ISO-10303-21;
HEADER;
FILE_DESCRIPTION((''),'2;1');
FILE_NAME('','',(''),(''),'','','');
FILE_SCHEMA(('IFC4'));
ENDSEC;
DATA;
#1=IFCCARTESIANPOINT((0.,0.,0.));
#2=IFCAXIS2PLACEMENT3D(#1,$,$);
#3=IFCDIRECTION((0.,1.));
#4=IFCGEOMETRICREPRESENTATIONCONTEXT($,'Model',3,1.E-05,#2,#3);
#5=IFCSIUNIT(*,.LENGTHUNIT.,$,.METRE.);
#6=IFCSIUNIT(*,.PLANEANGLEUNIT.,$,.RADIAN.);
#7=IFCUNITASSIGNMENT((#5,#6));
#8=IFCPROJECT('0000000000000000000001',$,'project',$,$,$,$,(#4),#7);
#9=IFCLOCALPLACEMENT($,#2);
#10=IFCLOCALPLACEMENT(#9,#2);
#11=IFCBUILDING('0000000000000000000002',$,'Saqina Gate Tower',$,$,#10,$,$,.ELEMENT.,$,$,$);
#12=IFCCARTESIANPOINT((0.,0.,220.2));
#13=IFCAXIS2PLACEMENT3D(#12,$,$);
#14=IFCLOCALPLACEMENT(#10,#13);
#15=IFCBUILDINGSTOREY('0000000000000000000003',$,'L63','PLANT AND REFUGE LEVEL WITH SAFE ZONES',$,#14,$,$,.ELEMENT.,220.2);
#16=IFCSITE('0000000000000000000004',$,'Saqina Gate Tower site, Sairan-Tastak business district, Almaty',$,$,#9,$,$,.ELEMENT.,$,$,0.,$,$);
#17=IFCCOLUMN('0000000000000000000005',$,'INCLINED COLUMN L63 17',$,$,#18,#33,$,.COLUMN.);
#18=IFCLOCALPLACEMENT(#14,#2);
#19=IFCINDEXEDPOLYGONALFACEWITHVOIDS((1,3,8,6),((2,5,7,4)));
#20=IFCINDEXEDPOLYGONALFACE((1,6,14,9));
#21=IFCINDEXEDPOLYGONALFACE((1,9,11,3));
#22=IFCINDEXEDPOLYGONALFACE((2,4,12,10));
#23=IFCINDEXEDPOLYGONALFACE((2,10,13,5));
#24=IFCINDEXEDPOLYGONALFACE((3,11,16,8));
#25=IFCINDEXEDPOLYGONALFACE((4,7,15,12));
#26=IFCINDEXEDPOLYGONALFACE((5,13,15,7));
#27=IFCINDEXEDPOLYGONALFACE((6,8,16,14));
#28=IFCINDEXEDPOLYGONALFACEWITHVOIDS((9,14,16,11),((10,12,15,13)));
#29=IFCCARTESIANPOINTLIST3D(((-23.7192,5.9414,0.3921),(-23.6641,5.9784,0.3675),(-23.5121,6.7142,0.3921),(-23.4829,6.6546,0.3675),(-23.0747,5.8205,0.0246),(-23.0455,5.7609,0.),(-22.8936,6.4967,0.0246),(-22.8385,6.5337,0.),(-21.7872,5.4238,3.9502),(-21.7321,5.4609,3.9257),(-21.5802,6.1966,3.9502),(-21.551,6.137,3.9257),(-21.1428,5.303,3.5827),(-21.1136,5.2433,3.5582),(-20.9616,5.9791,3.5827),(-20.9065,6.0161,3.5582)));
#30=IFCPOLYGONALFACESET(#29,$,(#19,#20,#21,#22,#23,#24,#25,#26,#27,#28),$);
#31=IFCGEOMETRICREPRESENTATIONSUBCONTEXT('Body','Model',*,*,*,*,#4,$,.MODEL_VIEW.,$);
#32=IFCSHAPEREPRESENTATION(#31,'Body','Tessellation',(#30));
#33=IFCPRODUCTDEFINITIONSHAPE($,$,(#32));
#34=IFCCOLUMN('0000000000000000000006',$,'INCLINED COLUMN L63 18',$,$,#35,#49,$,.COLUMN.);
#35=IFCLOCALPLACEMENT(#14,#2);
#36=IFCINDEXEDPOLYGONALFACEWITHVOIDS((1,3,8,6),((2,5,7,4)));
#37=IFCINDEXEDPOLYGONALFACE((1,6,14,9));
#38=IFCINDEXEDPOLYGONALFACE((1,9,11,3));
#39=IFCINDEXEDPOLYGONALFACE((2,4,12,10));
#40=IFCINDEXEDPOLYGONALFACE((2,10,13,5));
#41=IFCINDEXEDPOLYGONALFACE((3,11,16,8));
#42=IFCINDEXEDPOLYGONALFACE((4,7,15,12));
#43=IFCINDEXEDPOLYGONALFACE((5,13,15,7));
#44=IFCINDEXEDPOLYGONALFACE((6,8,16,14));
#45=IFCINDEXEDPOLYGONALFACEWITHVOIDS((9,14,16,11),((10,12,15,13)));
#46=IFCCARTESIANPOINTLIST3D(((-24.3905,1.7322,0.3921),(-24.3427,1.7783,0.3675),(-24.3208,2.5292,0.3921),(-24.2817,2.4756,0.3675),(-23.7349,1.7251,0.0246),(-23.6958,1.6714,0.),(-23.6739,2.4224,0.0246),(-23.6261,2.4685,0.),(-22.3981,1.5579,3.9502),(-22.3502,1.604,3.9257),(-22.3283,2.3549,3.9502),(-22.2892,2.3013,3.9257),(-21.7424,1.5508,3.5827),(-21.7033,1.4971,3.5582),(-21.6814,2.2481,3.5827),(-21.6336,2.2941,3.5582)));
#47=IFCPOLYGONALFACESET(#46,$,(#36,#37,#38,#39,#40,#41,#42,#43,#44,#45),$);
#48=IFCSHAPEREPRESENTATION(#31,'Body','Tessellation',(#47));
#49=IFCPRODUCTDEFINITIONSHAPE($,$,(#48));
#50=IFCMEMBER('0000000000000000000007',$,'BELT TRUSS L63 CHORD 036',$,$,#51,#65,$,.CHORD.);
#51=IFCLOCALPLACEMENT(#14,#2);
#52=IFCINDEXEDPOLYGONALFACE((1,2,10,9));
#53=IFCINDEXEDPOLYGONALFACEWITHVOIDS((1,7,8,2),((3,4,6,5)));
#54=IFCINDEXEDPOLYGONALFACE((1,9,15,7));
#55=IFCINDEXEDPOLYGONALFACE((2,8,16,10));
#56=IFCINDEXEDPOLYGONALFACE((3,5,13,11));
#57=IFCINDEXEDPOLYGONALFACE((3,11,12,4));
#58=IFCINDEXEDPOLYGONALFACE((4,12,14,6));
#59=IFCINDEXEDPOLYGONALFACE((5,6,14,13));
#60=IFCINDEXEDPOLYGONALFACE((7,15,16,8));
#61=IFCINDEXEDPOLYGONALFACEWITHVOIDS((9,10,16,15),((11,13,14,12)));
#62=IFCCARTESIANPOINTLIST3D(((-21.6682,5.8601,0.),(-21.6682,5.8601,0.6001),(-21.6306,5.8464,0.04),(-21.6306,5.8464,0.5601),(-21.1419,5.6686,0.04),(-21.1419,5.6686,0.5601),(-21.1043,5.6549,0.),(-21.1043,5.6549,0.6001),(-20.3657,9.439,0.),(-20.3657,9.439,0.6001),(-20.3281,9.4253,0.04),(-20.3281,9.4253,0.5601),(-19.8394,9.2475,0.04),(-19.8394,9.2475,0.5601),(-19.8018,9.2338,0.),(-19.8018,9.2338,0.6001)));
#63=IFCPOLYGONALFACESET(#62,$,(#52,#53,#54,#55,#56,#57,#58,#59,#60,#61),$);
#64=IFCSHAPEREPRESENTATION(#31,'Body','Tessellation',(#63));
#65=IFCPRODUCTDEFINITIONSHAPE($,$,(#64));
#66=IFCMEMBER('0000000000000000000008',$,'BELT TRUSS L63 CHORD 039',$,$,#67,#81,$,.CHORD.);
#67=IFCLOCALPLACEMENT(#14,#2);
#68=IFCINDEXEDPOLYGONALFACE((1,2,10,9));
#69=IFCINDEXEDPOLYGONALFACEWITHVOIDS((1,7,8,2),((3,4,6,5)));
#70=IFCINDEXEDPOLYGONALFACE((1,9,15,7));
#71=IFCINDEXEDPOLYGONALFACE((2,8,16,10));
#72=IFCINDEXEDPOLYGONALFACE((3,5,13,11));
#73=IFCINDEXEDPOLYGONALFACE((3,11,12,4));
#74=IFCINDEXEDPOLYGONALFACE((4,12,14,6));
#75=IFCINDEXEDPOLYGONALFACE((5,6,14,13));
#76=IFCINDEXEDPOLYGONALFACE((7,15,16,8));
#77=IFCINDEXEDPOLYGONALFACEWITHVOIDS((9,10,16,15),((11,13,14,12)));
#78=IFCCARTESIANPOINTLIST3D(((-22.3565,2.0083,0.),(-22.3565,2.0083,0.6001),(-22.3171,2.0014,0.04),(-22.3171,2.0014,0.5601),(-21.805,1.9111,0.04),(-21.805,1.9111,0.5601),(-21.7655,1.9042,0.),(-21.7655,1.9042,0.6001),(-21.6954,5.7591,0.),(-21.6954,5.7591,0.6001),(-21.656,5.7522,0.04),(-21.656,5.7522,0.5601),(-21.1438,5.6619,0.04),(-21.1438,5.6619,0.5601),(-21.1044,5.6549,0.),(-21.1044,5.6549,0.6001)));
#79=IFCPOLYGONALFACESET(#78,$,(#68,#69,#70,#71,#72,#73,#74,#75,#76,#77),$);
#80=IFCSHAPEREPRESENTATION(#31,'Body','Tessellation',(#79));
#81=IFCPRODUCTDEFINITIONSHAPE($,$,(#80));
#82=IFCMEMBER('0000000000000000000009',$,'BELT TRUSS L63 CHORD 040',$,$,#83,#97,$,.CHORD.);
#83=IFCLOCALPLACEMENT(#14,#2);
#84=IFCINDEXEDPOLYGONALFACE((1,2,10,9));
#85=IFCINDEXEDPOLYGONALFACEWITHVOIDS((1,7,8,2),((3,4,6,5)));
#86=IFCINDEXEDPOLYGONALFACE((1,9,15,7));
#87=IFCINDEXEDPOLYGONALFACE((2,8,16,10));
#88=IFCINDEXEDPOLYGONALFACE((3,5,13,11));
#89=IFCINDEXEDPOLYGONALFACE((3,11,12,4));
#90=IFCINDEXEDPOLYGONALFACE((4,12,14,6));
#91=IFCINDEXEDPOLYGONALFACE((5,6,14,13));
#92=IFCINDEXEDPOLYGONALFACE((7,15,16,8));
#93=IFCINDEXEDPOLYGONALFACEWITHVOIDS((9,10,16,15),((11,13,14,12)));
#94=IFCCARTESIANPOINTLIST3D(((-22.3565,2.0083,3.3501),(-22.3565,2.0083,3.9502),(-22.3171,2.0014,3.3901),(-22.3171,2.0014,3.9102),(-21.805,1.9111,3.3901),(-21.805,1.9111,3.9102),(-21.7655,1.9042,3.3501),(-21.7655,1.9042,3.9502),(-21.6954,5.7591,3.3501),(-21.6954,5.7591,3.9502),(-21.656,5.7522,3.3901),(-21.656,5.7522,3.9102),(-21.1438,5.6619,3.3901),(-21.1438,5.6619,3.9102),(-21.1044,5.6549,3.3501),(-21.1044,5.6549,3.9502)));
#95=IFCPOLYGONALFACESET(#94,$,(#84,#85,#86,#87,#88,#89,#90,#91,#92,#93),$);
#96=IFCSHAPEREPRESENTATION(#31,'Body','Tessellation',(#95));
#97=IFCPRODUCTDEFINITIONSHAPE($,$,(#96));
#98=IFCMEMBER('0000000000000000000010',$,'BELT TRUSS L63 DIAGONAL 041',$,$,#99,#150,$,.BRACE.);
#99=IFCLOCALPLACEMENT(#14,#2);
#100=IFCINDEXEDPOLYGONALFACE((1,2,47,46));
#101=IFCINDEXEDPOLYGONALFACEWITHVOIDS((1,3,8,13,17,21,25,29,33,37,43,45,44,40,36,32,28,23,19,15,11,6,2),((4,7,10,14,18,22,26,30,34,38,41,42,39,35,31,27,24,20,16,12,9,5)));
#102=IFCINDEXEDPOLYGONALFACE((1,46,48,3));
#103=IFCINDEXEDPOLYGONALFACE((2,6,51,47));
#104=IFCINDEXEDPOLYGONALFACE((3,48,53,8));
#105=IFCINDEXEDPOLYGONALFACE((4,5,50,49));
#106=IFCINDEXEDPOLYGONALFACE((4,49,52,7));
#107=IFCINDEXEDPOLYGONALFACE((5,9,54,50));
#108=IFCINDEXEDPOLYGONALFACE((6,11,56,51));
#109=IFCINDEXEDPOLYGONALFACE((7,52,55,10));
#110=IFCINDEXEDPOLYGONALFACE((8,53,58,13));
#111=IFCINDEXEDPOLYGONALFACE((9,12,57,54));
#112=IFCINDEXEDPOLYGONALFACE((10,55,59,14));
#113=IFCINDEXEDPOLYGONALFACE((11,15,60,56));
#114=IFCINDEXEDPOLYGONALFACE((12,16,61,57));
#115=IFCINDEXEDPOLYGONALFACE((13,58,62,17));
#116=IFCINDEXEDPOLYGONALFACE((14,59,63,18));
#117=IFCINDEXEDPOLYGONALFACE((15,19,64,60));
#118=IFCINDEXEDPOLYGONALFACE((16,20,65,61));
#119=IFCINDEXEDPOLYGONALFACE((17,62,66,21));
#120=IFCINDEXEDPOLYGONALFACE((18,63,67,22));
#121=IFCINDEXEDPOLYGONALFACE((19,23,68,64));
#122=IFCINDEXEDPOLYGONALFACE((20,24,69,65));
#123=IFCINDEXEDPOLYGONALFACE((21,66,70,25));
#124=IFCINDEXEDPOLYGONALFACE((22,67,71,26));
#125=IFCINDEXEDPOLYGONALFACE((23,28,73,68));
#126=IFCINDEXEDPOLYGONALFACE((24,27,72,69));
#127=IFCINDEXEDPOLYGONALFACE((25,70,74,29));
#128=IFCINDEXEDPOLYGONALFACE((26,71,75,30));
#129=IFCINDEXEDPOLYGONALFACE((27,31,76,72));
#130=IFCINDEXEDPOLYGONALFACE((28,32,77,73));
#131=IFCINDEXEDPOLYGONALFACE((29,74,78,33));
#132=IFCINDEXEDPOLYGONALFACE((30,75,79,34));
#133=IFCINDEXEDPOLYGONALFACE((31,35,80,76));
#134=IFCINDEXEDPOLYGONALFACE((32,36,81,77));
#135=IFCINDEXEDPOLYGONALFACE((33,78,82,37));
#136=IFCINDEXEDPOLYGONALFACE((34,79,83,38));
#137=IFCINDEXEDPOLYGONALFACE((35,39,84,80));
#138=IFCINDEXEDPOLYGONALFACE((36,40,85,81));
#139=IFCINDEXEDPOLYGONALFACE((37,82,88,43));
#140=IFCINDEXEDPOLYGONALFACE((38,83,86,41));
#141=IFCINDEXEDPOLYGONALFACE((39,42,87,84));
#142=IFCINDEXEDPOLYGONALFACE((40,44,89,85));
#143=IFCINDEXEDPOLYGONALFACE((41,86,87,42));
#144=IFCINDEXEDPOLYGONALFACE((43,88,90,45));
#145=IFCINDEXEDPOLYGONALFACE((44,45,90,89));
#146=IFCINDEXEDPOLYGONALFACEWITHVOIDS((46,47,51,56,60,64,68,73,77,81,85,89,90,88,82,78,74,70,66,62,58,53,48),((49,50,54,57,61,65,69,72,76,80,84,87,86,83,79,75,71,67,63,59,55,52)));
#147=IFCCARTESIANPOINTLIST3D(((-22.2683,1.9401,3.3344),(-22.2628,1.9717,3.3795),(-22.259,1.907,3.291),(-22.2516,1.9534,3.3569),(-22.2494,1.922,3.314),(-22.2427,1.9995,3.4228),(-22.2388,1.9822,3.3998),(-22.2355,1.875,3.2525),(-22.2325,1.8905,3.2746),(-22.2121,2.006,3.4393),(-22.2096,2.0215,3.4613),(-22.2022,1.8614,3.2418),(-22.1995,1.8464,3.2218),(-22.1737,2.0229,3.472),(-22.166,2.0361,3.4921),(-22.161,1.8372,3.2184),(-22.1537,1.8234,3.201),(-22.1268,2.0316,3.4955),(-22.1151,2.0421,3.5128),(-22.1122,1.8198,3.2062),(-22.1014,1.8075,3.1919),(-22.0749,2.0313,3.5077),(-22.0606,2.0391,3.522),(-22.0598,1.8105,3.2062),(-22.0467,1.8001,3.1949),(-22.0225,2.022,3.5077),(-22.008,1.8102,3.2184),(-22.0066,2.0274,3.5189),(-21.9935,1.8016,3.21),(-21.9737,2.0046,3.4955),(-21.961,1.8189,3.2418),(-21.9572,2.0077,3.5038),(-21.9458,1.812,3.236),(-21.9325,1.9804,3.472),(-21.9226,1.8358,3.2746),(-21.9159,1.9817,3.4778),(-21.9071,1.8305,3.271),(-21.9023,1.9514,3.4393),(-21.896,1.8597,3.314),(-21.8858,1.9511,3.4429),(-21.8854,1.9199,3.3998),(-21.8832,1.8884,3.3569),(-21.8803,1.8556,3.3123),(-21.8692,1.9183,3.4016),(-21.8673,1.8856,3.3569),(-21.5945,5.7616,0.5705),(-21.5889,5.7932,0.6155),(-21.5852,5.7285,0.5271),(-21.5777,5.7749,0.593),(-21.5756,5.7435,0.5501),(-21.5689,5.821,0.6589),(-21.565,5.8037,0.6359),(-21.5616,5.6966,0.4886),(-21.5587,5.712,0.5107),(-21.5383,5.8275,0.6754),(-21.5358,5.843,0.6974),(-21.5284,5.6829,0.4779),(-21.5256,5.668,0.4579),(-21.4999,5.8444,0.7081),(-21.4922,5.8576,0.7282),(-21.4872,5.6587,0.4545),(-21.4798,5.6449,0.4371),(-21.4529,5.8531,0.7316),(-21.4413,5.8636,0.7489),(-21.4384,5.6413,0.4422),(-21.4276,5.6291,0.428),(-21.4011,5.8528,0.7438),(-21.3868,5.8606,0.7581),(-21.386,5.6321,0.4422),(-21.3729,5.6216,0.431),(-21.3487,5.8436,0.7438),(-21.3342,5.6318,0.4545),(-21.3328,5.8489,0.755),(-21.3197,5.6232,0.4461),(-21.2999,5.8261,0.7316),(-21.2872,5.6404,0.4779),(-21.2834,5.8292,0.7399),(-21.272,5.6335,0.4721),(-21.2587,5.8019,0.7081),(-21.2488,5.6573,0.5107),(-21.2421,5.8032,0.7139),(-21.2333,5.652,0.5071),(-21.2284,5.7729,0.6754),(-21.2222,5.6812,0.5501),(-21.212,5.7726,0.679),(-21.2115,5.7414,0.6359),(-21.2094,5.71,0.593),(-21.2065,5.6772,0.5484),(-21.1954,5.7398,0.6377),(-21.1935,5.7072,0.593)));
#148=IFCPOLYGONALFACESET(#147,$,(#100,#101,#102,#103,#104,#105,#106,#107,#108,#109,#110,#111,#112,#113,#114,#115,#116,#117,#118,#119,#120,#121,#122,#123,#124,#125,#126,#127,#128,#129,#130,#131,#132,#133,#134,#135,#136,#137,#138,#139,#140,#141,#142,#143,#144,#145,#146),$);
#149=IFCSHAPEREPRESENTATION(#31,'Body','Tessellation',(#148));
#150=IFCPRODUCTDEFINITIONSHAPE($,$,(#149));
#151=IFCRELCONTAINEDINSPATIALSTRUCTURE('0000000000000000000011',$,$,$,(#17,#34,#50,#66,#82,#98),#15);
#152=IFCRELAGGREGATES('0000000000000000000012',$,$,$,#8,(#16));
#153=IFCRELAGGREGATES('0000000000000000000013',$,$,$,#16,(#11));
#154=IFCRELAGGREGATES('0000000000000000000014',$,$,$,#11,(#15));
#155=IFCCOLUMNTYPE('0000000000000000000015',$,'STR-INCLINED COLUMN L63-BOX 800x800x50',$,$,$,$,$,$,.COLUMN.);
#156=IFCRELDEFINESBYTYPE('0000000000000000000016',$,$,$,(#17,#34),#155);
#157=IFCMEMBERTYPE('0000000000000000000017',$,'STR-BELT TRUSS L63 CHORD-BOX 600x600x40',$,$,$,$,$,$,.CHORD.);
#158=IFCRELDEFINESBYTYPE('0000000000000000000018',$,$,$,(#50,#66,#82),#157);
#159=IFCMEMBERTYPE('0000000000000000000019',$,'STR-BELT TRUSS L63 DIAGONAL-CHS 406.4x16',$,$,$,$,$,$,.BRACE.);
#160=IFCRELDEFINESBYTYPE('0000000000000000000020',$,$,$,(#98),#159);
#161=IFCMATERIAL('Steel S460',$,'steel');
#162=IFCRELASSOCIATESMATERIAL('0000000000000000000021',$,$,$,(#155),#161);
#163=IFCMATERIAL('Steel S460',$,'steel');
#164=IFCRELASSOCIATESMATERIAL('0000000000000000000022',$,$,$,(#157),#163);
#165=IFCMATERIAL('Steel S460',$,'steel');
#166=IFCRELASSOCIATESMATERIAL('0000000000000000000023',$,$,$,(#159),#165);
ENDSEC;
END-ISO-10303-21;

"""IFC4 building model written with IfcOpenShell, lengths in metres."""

from ifc_helpers import new_model, si_unit, direction, frame, origin, origin_2d, place, context, subcontext, project, spatial, hollow_rectangle, hollow_circle, extrude, material, material_profile, profile_set, type_object, element, save


model = new_model("IFC4")

# Units and contexts
model_context = context("Model", 3, precision=1e-05, world=origin(), true_north=direction((0.0, 1.0)))
body_context = subcontext(model_context, "Body", "Model", "MODEL_VIEW")
ifc_project = project(units=[si_unit("LENGTHUNIT", "METRE"), si_unit("PLANEANGLEUNIT", "RADIAN")], contexts=[model_context])

# Site, building, storey
site_placement = place(None, origin())
site = spatial("IfcSite", under=ifc_project, at=site_placement, Name="Saqina Gate Tower site, Sairan-Tastak business district, Almaty", CompositionType="ELEMENT", RefElevation=0.0)
building_placement = place(site_placement, origin())
building = spatial("IfcBuilding", under=site, at=building_placement, Name="Saqina Gate Tower", CompositionType="ELEMENT")
storey_placement = place(building_placement, frame((0.0, 0.0, 220.2)))
storey = spatial("IfcBuildingStorey", under=building, at=storey_placement, Name="L63", Description="PLANT AND REFUGE LEVEL WITH SAFE ZONES", CompositionType="ELEMENT", Elevation=220.2)

# Columns
ifc_material_1 = material(Name="Steel S460", Category="steel")
ifc_material_profile_1 = material_profile(ifc_material_1, hollow_rectangle(XDim=0.8, YDim=0.8, WallThickness=0.05, at=origin_2d()), Name="BOX 800x800x50")
ifc_profile_set_1 = profile_set([ifc_material_profile_1], Name="Steel S460")
column_type = type_object("IfcColumnType", Name="STR-INCLINED COLUMN L63-BOX 800x800x50", PredefinedType="COLUMN", material=ifc_profile_set_1)
for number, where, z_axis, x_axis, name in (
    (1, (-23.2788, 6.2375, 0.196), (0.473305, -0.126805, 0.871724), (0.258787, 0.965934, 0.0), "INCLINED COLUMN L63 17"),
    (2, (-24.0083, 2.1003, 0.196), (0.488138, -0.042707, 0.871721), (0.087156, 0.996195, 0.0), "INCLINED COLUMN L63 18"),
):
    element("IfcColumn", number, at=place(storey_placement, frame(where, z_axis=z_axis, x_axis=x_axis)), inside=storey, type_object=column_type, Name=name, PredefinedType="COLUMN", context=body_context, shape_type="SweptSolid", body=[
        extrude(hollow_rectangle(XDim=0.8, YDim=0.8, WallThickness=0.05, at=origin_2d()), origin(), (0.0, 0.0, 1.0), 4.0818),
    ])

# Members
ifc_material_2 = material(Name="Steel S460", Category="steel")
ifc_material_profile_2 = material_profile(ifc_material_2, hollow_rectangle(XDim=0.6001, YDim=0.6001, WallThickness=0.04, at=origin_2d()), Name="BOX 600x600x40")
ifc_profile_set_2 = profile_set([ifc_material_profile_2], Name="Steel S460")
member_type_1 = type_object("IfcMemberType", Name="STR-BELT TRUSS L63 CHORD-BOX 600x600x40", PredefinedType="CHORD", material=ifc_profile_set_2)
for number, where, z_axis, x_axis, name in (
    (3, (-20.0837, 9.3364, 0.3), (-0.341995, -0.939702, 0.0), (0.939702, -0.341995, 0.0), "BELT TRUSS L63 CHORD 036"),
    (4, (-21.3999, 5.707, 0.3), (-0.173592, -0.984818, 0.0), (0.984818, -0.173592, 0.0), "BELT TRUSS L63 CHORD 039"),
    (5, (-21.3999, 5.707, 3.6501), (-0.173592, -0.984818, 0.0), (0.984818, -0.173592, 0.0), "BELT TRUSS L63 CHORD 040"),
):
    element("IfcMember", number, at=place(storey_placement, frame(where, z_axis=z_axis, x_axis=x_axis)), inside=storey, type_object=member_type_1, Name=name, PredefinedType="CHORD", context=body_context, shape_type="SweptSolid", body=[
        extrude(hollow_rectangle(XDim=0.6001, YDim=0.6001, WallThickness=0.04, at=origin_2d()), origin(), (0.0, 0.0, 1.0), 3.8086),
    ])
ifc_material_3 = material(Name="Steel S460", Category="steel")
ifc_material_profile_3 = material_profile(ifc_material_3, hollow_circle(Radius=0.2031, WallThickness=0.0161, at=origin_2d()), Name="CHS 406.4x16")
ifc_profile_set_3 = profile_set([ifc_material_profile_3], Name="Steel S460")
member_type_2 = type_object("IfcMemberType", Name="STR-BELT TRUSS L63 DIAGONAL-CHS 406.4x16", PredefinedType="BRACE", material=ifc_profile_set_3)
member_placement = place(storey_placement, frame((-21.3936, 5.7424, 0.593), z_axis=(-0.141436, -0.802139, 0.580145), x_axis=(0.984808, -0.173645, 0.0)))
element("IfcMember", 6, at=member_placement, inside=storey, type_object=member_type_2, Name="BELT TRUSS L63 DIAGONAL 041", PredefinedType="BRACE", context=body_context, shape_type="SweptSolid", body=[
    extrude(hollow_circle(Radius=0.2031, WallThickness=0.0161, at=origin_2d()), origin(), (0.0, 0.0, 1.0), 4.7642),
])

save(model, "model.ifc")
